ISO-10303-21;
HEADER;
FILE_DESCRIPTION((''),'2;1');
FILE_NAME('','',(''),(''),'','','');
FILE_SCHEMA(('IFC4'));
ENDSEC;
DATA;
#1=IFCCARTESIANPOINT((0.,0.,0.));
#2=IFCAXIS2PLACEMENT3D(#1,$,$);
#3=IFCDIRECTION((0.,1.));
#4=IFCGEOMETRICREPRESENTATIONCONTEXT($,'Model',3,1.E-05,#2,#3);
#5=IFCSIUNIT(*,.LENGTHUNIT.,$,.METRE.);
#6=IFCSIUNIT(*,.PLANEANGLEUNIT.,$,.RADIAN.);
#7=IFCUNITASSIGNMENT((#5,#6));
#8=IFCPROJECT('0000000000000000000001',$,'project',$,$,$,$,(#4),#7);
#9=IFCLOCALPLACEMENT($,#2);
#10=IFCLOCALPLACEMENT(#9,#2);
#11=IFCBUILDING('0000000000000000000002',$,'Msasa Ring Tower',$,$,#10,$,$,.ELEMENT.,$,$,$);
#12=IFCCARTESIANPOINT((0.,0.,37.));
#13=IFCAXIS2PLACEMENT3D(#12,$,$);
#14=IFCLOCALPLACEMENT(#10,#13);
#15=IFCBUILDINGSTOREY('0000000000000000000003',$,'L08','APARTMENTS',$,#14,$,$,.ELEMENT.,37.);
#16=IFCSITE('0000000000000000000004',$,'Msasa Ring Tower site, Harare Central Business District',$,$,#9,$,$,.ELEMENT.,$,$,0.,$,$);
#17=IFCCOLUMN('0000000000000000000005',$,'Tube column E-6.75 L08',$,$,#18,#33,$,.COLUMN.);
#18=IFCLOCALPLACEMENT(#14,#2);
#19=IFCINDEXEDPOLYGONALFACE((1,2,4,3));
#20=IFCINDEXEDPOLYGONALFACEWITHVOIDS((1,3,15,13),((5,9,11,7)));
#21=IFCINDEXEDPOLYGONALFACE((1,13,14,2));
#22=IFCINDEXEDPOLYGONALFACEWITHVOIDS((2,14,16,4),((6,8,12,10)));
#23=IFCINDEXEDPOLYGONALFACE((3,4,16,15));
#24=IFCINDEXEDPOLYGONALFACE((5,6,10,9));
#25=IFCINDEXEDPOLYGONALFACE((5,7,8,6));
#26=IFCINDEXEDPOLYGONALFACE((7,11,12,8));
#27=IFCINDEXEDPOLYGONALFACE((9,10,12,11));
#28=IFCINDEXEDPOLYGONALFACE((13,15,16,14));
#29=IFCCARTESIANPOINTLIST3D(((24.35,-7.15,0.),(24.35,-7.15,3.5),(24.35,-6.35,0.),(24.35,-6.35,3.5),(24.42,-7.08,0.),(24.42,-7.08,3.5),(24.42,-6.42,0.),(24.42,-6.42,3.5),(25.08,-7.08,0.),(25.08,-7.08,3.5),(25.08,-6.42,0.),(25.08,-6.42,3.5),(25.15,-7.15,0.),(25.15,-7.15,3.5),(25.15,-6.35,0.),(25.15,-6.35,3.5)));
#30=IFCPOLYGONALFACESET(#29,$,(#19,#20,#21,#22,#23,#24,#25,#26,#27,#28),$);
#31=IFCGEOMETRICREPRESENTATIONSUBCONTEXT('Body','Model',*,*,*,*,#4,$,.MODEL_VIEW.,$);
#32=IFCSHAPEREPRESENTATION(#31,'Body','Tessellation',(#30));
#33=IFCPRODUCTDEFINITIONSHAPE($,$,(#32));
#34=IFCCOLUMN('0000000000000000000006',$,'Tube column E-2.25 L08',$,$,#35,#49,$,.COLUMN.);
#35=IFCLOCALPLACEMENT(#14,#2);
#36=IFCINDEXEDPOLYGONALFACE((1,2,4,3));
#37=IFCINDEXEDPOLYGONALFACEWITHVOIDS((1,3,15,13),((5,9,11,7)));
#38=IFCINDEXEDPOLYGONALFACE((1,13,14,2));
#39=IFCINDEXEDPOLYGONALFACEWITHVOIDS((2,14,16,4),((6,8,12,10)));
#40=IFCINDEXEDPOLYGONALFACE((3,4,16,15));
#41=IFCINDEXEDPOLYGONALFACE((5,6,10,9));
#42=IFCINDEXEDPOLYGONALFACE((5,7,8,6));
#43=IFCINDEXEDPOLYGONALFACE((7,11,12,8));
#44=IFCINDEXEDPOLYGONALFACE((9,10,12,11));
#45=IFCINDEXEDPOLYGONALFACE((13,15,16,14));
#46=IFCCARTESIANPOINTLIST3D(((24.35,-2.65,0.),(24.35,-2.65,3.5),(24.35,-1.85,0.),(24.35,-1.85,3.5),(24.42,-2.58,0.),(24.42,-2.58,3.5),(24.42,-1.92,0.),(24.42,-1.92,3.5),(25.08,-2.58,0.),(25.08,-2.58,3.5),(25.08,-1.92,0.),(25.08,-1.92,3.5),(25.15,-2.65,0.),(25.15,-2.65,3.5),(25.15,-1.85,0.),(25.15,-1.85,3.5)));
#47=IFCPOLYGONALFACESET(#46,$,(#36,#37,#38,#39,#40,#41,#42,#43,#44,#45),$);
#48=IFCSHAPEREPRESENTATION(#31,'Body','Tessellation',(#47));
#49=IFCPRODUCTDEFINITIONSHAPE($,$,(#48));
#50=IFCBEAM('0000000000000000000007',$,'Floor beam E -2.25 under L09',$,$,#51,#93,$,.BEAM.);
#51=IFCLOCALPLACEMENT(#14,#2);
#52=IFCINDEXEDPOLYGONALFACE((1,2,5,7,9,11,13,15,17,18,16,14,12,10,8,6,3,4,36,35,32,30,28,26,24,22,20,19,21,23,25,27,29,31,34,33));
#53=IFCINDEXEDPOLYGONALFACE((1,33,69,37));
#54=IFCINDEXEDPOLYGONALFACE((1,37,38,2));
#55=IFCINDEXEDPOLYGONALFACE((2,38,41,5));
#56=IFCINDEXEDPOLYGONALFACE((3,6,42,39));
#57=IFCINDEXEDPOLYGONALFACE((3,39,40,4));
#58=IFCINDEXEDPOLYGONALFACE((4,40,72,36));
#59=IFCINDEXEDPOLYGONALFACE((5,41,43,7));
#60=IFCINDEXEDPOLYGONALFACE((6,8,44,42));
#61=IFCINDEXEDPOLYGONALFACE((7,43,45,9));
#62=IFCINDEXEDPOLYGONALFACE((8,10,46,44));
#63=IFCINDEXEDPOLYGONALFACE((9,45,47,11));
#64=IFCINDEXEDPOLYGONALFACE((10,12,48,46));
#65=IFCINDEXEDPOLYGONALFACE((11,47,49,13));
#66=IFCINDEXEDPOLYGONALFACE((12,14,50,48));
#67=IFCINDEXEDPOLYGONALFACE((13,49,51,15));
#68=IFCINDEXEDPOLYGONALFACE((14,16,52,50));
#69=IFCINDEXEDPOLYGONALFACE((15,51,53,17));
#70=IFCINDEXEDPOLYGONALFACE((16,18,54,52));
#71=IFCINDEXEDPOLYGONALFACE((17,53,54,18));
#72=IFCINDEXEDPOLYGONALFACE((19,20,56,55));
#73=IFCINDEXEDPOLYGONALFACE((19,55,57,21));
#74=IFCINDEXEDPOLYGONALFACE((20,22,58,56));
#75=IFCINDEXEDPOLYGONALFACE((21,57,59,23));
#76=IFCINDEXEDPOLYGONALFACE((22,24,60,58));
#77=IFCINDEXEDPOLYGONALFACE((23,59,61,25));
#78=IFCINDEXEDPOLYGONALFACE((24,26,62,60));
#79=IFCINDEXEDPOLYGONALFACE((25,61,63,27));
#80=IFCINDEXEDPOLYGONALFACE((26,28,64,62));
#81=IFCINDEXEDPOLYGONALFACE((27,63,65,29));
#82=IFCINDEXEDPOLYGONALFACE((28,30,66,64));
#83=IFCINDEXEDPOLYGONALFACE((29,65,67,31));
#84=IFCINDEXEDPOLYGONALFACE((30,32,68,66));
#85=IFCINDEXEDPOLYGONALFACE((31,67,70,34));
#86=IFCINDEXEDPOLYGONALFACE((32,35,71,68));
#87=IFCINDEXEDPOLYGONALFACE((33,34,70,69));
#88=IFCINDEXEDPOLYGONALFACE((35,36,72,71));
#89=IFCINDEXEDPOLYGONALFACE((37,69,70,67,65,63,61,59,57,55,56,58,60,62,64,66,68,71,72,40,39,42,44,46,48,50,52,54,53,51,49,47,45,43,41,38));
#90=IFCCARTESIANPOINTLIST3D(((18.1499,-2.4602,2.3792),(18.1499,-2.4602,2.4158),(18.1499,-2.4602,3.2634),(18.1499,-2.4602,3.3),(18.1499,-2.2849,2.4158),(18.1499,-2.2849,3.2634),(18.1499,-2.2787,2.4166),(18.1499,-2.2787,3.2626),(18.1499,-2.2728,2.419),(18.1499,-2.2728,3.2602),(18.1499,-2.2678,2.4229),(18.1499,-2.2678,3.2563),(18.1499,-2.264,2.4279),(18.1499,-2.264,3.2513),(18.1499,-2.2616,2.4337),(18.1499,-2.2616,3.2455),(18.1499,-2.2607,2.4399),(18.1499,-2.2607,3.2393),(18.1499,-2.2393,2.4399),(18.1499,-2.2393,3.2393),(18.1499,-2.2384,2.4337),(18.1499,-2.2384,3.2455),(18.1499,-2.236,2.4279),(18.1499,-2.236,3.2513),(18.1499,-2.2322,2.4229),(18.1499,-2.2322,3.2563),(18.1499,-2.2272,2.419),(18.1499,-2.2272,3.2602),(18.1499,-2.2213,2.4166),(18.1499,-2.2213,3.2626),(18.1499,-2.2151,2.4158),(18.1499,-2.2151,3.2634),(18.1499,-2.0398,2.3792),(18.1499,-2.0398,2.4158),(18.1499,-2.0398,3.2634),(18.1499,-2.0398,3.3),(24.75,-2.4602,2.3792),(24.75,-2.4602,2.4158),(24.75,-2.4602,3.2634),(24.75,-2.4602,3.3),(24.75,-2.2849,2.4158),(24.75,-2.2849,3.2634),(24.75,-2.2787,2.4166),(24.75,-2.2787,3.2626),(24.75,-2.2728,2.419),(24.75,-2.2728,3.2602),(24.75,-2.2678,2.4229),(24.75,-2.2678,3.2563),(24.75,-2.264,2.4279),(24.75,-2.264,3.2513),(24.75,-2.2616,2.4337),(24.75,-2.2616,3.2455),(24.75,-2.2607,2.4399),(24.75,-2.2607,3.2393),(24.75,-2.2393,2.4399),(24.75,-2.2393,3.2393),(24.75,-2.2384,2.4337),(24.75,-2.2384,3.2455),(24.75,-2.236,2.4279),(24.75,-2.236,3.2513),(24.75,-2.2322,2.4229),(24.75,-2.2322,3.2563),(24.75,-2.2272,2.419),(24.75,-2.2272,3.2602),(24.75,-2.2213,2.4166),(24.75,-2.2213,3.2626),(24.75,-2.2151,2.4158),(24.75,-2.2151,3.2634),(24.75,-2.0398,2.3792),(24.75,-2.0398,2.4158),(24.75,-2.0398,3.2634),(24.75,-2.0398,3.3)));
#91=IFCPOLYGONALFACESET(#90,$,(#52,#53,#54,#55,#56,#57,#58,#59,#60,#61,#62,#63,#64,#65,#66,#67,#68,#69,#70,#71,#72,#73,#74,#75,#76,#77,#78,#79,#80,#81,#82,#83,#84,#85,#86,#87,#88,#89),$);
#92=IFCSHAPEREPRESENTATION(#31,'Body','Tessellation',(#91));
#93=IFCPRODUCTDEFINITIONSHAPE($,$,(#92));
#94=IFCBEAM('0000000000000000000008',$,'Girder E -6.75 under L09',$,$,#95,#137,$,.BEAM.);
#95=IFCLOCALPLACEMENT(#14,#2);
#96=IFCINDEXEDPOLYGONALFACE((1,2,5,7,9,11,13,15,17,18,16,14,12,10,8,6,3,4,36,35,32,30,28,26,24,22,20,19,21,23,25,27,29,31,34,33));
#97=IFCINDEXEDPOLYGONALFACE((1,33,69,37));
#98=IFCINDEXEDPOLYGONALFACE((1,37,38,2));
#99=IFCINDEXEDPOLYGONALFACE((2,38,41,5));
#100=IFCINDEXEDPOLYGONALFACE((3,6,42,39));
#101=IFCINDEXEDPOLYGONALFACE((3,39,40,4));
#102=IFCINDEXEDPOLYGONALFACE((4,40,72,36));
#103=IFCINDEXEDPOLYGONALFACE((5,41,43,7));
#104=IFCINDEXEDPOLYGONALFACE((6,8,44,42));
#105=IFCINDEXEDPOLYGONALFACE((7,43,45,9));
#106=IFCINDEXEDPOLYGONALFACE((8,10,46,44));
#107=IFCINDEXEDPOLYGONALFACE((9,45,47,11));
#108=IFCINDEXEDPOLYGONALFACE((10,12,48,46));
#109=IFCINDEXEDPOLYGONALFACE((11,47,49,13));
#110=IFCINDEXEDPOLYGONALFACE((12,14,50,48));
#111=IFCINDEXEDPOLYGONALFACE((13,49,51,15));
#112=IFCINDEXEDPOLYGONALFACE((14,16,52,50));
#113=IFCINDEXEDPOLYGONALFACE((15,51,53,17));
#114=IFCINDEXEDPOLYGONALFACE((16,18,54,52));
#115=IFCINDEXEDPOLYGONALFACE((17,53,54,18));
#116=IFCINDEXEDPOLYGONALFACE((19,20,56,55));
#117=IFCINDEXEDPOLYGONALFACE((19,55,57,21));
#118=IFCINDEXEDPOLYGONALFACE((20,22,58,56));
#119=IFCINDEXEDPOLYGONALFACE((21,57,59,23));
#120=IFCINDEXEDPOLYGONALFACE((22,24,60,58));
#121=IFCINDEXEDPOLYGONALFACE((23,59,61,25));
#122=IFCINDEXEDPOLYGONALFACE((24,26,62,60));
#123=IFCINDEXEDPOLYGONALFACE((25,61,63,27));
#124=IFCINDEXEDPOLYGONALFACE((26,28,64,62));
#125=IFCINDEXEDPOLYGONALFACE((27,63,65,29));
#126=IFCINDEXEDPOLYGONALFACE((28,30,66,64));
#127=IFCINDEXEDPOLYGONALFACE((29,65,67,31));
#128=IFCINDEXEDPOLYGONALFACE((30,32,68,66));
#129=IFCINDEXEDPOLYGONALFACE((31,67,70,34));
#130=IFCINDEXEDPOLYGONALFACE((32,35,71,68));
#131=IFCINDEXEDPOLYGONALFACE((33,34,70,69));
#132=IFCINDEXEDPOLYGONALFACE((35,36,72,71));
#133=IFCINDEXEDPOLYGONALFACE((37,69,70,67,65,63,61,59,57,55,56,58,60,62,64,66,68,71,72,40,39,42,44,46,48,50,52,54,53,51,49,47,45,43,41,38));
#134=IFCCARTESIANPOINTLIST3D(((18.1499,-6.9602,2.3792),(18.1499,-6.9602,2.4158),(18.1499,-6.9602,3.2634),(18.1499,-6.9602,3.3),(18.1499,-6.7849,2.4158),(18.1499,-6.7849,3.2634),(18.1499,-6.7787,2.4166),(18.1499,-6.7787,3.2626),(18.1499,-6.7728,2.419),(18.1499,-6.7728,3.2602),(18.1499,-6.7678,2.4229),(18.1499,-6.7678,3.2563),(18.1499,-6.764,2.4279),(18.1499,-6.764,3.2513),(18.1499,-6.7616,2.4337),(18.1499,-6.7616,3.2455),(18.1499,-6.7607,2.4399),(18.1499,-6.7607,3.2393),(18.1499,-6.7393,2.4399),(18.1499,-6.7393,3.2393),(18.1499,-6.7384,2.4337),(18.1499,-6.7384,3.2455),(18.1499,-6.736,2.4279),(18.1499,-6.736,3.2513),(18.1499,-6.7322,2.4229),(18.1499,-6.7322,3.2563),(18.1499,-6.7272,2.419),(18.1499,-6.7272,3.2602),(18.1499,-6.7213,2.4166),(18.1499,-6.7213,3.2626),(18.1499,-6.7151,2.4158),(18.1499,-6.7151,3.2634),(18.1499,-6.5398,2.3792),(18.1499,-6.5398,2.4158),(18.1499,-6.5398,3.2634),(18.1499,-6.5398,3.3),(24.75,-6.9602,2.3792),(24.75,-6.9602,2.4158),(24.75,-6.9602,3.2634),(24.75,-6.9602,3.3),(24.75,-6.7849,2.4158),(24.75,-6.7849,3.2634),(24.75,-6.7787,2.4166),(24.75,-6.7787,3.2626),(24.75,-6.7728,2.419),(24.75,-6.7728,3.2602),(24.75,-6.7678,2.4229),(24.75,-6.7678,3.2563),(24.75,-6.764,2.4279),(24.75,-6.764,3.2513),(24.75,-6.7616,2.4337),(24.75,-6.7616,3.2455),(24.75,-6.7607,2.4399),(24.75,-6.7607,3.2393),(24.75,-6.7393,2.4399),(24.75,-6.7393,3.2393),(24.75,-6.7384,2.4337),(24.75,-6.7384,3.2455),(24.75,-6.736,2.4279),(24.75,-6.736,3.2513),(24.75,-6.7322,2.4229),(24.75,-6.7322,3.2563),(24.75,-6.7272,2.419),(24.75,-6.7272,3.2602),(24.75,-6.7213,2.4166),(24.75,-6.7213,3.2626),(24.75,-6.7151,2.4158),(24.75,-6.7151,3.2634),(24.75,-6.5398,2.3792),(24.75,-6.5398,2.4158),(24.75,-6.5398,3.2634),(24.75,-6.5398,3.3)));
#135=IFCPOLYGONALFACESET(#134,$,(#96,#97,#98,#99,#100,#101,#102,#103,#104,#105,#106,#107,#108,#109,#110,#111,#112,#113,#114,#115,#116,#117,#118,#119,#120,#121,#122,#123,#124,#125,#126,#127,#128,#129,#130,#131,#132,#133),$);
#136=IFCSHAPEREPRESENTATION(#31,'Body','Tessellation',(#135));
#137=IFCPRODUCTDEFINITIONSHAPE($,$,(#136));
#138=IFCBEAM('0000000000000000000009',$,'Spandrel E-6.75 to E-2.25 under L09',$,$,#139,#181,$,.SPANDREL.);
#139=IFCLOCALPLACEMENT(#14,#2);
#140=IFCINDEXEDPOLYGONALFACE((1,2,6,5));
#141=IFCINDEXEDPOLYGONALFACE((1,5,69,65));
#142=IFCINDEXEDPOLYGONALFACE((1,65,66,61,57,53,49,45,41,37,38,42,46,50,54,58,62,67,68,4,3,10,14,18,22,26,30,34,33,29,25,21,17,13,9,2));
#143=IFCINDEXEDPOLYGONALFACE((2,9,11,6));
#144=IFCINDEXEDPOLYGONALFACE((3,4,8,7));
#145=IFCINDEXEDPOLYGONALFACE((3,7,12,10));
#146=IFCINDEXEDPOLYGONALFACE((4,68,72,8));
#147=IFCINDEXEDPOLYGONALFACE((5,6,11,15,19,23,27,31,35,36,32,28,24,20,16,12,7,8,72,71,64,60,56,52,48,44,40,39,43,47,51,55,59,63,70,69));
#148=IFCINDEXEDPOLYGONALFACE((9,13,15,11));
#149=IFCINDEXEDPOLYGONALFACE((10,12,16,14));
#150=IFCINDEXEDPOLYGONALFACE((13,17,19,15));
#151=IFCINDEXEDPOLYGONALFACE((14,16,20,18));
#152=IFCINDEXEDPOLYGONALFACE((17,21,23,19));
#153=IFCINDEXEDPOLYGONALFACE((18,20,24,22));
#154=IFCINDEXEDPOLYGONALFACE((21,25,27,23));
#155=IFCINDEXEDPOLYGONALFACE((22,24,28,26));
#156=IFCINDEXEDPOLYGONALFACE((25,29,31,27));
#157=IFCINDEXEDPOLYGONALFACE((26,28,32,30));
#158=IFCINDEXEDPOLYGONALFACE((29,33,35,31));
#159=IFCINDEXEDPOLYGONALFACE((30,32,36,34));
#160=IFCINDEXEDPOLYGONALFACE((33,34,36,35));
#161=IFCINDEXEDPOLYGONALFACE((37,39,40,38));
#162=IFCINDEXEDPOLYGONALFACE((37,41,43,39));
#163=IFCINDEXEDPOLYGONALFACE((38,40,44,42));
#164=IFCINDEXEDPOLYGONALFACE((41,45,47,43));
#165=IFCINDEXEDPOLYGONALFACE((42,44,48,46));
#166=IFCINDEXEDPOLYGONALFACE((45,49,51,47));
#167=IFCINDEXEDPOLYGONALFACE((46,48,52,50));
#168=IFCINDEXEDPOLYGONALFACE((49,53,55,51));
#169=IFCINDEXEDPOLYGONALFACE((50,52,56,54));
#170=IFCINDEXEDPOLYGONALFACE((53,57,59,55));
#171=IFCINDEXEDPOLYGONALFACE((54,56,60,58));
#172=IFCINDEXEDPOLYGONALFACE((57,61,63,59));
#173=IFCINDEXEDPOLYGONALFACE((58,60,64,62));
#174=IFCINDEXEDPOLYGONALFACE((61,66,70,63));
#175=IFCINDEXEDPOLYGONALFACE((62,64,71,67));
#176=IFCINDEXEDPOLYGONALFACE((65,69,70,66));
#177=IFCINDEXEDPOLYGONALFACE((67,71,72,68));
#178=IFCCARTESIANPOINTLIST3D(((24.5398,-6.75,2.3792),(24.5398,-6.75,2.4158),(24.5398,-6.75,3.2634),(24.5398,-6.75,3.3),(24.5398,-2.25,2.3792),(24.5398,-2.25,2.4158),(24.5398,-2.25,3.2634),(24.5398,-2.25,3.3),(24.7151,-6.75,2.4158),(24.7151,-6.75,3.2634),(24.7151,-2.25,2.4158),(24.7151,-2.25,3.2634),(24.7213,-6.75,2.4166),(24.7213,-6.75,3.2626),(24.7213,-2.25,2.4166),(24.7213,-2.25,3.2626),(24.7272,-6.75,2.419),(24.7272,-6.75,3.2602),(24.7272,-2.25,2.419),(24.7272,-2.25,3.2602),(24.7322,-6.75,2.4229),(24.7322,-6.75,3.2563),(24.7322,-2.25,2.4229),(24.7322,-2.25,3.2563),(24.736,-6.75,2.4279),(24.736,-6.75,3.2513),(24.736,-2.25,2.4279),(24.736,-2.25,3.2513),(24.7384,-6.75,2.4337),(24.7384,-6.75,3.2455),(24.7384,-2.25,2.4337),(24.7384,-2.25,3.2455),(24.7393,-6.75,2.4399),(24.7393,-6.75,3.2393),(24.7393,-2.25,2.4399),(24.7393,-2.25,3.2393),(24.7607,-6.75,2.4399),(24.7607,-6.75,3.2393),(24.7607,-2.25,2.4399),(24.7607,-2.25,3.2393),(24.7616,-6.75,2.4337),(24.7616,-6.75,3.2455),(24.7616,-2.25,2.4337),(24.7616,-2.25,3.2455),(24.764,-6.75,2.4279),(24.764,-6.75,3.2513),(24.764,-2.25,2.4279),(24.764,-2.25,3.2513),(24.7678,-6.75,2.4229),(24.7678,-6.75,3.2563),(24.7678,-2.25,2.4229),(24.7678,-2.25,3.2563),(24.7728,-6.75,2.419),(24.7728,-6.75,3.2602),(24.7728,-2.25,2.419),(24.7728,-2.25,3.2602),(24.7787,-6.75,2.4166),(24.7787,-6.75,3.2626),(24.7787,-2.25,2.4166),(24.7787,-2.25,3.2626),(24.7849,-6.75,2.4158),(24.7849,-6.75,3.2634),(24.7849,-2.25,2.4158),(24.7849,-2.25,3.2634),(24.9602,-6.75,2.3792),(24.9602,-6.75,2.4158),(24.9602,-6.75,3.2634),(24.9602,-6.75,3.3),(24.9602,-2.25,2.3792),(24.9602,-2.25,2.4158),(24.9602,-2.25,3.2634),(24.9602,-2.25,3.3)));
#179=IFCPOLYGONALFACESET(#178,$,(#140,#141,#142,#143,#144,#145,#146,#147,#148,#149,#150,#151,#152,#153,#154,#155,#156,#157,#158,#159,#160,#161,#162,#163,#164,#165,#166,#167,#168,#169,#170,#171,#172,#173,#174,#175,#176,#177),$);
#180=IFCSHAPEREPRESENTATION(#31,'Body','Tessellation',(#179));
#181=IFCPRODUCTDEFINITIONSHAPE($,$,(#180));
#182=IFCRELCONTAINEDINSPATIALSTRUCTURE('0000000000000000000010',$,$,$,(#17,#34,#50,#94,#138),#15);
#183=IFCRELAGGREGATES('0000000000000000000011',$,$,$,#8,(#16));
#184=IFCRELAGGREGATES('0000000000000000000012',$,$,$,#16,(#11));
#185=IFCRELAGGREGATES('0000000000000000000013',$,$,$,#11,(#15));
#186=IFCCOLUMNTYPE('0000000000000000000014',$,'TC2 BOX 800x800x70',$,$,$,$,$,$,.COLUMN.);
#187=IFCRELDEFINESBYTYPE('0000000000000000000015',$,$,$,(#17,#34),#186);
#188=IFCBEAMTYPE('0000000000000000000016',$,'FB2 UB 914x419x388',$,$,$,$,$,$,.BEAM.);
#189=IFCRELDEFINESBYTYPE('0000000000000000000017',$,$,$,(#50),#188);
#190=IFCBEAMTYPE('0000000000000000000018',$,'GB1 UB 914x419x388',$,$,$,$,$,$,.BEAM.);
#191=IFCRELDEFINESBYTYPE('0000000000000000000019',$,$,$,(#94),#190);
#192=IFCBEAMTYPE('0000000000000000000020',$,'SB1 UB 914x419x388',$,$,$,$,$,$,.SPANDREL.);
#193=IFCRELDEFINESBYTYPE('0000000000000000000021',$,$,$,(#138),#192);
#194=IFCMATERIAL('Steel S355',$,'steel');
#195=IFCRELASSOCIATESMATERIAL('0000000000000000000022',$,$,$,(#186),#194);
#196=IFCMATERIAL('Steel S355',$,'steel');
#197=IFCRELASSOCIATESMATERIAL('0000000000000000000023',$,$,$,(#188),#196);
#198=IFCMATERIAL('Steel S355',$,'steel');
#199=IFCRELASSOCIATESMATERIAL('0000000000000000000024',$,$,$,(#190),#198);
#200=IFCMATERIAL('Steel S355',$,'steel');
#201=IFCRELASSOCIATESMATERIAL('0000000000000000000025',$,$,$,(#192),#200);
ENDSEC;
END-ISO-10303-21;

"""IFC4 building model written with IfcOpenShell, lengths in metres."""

from ifc_helpers import new_model, si_unit, direction, frame, origin, origin_2d, place, context, subcontext, project, spatial, hollow_rectangle, i_section, extrude, material, material_profile, profile_set, type_object, element, save


model = new_model("IFC4")

# Units and contexts
model_context = context("Model", 3, precision=1e-05, world=origin(), true_north=direction((0.0, 1.0)))
body_context = subcontext(model_context, "Body", "Model", "MODEL_VIEW")
ifc_project = project(units=[si_unit("LENGTHUNIT", "METRE"), si_unit("PLANEANGLEUNIT", "RADIAN")], contexts=[model_context])

# Site, building, storey
site_placement = place(None, origin())
site = spatial("IfcSite", under=ifc_project, at=site_placement, Name="Msasa Ring Tower site, Harare Central Business District", CompositionType="ELEMENT", RefElevation=0.0)
building_placement = place(site_placement, origin())
building = spatial("IfcBuilding", under=site, at=building_placement, Name="Msasa Ring Tower", CompositionType="ELEMENT")
storey_placement = place(building_placement, frame((0.0, 0.0, 37.0)))
storey = spatial("IfcBuildingStorey", under=building, at=storey_placement, Name="L08", Description="APARTMENTS", CompositionType="ELEMENT", Elevation=37.0)

# Columns
ifc_material_1 = material(Name="Steel S355", Category="steel")
ifc_material_profile_1 = material_profile(ifc_material_1, hollow_rectangle(XDim=0.8, YDim=0.8, WallThickness=0.0701, at=origin_2d()), Name="BOX 800x800x70")
ifc_profile_set_1 = profile_set([ifc_material_profile_1], Name="Steel S355")
column_type = type_object("IfcColumnType", Name="TC2 BOX 800x800x70", PredefinedType="COLUMN", material=ifc_profile_set_1)
for number, where, z_axis, x_axis, name in (
    (1, (24.75, -6.75, 0.0), (0.0, 0.0, 1.0), (1.0, 0.0, 0.0), "Tube column E-6.75 L08"),
    (2, (24.75, -2.25, 0.0), (0.0, 0.0, 1.0), (1.0, 0.0, 0.0), "Tube column E-2.25 L08"),
):
    element("IfcColumn", number, at=place(storey_placement, frame(where, z_axis=z_axis, x_axis=x_axis)), inside=storey, type_object=column_type, Name=name, PredefinedType="COLUMN", context=body_context, shape_type="SweptSolid", body=[
        extrude(hollow_rectangle(XDim=0.8, YDim=0.8, WallThickness=0.0701, at=origin_2d()), origin(), (0.0, 0.0, 1.0), 3.5),
    ])

# Beams
ifc_material_2 = material(Name="Steel S355", Category="steel")
ifc_material_profile_2 = material_profile(ifc_material_2, i_section(OverallWidth=0.4204, OverallDepth=0.9209, WebThickness=0.0215, FlangeThickness=0.0366, FilletRadius=0.0242, at=origin_2d()), Name="UB 914x419x388")
ifc_profile_set_2 = profile_set([ifc_material_profile_2], Name="Steel S355")
beam_type_1 = type_object("IfcBeamType", Name="FB2 UB 914x419x388", PredefinedType="BEAM", material=ifc_profile_set_2)
beam_1_placement = place(storey_placement, frame((24.75, -2.25, 2.8396), z_axis=(-1.0, 0.0, 0.0), x_axis=(0.0, -1.0, 0.0)))
element("IfcBeam", 3, at=beam_1_placement, inside=storey, type_object=beam_type_1, Name="Floor beam E -2.25 under L09", PredefinedType="BEAM", context=body_context, shape_type="SweptSolid", body=[
    extrude(i_section(OverallWidth=0.4204, OverallDepth=0.9209, WebThickness=0.0215, FlangeThickness=0.0366, FilletRadius=0.0242, at=origin_2d()), origin(), (0.0, 0.0, 1.0), 6.6001),
])
ifc_material_3 = material(Name="Steel S355", Category="steel")
ifc_material_profile_3 = material_profile(ifc_material_3, i_section(OverallWidth=0.4204, OverallDepth=0.9209, WebThickness=0.0215, FlangeThickness=0.0366, FilletRadius=0.0242, at=origin_2d()), Name="UB 914x419x388")
ifc_profile_set_3 = profile_set([ifc_material_profile_3], Name="Steel S355")
beam_type_2 = type_object("IfcBeamType", Name="GB1 UB 914x419x388", PredefinedType="BEAM", material=ifc_profile_set_3)
beam_2_placement = place(storey_placement, frame((18.1499, -6.75, 2.8396), z_axis=(1.0, 0.0, 0.0), x_axis=(0.0, 1.0, 0.0)))
element("IfcBeam", 4, at=beam_2_placement, inside=storey, type_object=beam_type_2, Name="Girder E -6.75 under L09", PredefinedType="BEAM", context=body_context, shape_type="SweptSolid", body=[
    extrude(i_section(OverallWidth=0.4204, OverallDepth=0.9209, WebThickness=0.0215, FlangeThickness=0.0366, FilletRadius=0.0242, at=origin_2d()), origin(), (0.0, 0.0, 1.0), 6.6001),
])
ifc_material_4 = material(Name="Steel S355", Category="steel")
ifc_material_profile_4 = material_profile(ifc_material_4, i_section(OverallWidth=0.4204, OverallDepth=0.9209, WebThickness=0.0215, FlangeThickness=0.0366, FilletRadius=0.0242, at=origin_2d()), Name="UB 914x419x388")
ifc_profile_set_4 = profile_set([ifc_material_profile_4], Name="Steel S355")
beam_type_3 = type_object("IfcBeamType", Name="SB1 UB 914x419x388", PredefinedType="SPANDREL", material=ifc_profile_set_4)
for number, where, z_axis, x_axis, name in (
    (5, (24.75, -6.75, 2.8396), (0.0, 1.0, 0.0), (-1.0, 0.0, 0.0), "Spandrel E-6.75 to E-2.25 under L09"),
):
    element("IfcBeam", number, at=place(storey_placement, frame(where, z_axis=z_axis, x_axis=x_axis)), inside=storey, type_object=beam_type_3, Name=name, PredefinedType="SPANDREL", context=body_context, shape_type="SweptSolid", body=[
        extrude(i_section(OverallWidth=0.4204, OverallDepth=0.9209, WebThickness=0.0215, FlangeThickness=0.0366, FilletRadius=0.0242, at=origin_2d()), origin(), (0.0, 0.0, 1.0), 4.5),
    ])

save(model, "model.ifc")
